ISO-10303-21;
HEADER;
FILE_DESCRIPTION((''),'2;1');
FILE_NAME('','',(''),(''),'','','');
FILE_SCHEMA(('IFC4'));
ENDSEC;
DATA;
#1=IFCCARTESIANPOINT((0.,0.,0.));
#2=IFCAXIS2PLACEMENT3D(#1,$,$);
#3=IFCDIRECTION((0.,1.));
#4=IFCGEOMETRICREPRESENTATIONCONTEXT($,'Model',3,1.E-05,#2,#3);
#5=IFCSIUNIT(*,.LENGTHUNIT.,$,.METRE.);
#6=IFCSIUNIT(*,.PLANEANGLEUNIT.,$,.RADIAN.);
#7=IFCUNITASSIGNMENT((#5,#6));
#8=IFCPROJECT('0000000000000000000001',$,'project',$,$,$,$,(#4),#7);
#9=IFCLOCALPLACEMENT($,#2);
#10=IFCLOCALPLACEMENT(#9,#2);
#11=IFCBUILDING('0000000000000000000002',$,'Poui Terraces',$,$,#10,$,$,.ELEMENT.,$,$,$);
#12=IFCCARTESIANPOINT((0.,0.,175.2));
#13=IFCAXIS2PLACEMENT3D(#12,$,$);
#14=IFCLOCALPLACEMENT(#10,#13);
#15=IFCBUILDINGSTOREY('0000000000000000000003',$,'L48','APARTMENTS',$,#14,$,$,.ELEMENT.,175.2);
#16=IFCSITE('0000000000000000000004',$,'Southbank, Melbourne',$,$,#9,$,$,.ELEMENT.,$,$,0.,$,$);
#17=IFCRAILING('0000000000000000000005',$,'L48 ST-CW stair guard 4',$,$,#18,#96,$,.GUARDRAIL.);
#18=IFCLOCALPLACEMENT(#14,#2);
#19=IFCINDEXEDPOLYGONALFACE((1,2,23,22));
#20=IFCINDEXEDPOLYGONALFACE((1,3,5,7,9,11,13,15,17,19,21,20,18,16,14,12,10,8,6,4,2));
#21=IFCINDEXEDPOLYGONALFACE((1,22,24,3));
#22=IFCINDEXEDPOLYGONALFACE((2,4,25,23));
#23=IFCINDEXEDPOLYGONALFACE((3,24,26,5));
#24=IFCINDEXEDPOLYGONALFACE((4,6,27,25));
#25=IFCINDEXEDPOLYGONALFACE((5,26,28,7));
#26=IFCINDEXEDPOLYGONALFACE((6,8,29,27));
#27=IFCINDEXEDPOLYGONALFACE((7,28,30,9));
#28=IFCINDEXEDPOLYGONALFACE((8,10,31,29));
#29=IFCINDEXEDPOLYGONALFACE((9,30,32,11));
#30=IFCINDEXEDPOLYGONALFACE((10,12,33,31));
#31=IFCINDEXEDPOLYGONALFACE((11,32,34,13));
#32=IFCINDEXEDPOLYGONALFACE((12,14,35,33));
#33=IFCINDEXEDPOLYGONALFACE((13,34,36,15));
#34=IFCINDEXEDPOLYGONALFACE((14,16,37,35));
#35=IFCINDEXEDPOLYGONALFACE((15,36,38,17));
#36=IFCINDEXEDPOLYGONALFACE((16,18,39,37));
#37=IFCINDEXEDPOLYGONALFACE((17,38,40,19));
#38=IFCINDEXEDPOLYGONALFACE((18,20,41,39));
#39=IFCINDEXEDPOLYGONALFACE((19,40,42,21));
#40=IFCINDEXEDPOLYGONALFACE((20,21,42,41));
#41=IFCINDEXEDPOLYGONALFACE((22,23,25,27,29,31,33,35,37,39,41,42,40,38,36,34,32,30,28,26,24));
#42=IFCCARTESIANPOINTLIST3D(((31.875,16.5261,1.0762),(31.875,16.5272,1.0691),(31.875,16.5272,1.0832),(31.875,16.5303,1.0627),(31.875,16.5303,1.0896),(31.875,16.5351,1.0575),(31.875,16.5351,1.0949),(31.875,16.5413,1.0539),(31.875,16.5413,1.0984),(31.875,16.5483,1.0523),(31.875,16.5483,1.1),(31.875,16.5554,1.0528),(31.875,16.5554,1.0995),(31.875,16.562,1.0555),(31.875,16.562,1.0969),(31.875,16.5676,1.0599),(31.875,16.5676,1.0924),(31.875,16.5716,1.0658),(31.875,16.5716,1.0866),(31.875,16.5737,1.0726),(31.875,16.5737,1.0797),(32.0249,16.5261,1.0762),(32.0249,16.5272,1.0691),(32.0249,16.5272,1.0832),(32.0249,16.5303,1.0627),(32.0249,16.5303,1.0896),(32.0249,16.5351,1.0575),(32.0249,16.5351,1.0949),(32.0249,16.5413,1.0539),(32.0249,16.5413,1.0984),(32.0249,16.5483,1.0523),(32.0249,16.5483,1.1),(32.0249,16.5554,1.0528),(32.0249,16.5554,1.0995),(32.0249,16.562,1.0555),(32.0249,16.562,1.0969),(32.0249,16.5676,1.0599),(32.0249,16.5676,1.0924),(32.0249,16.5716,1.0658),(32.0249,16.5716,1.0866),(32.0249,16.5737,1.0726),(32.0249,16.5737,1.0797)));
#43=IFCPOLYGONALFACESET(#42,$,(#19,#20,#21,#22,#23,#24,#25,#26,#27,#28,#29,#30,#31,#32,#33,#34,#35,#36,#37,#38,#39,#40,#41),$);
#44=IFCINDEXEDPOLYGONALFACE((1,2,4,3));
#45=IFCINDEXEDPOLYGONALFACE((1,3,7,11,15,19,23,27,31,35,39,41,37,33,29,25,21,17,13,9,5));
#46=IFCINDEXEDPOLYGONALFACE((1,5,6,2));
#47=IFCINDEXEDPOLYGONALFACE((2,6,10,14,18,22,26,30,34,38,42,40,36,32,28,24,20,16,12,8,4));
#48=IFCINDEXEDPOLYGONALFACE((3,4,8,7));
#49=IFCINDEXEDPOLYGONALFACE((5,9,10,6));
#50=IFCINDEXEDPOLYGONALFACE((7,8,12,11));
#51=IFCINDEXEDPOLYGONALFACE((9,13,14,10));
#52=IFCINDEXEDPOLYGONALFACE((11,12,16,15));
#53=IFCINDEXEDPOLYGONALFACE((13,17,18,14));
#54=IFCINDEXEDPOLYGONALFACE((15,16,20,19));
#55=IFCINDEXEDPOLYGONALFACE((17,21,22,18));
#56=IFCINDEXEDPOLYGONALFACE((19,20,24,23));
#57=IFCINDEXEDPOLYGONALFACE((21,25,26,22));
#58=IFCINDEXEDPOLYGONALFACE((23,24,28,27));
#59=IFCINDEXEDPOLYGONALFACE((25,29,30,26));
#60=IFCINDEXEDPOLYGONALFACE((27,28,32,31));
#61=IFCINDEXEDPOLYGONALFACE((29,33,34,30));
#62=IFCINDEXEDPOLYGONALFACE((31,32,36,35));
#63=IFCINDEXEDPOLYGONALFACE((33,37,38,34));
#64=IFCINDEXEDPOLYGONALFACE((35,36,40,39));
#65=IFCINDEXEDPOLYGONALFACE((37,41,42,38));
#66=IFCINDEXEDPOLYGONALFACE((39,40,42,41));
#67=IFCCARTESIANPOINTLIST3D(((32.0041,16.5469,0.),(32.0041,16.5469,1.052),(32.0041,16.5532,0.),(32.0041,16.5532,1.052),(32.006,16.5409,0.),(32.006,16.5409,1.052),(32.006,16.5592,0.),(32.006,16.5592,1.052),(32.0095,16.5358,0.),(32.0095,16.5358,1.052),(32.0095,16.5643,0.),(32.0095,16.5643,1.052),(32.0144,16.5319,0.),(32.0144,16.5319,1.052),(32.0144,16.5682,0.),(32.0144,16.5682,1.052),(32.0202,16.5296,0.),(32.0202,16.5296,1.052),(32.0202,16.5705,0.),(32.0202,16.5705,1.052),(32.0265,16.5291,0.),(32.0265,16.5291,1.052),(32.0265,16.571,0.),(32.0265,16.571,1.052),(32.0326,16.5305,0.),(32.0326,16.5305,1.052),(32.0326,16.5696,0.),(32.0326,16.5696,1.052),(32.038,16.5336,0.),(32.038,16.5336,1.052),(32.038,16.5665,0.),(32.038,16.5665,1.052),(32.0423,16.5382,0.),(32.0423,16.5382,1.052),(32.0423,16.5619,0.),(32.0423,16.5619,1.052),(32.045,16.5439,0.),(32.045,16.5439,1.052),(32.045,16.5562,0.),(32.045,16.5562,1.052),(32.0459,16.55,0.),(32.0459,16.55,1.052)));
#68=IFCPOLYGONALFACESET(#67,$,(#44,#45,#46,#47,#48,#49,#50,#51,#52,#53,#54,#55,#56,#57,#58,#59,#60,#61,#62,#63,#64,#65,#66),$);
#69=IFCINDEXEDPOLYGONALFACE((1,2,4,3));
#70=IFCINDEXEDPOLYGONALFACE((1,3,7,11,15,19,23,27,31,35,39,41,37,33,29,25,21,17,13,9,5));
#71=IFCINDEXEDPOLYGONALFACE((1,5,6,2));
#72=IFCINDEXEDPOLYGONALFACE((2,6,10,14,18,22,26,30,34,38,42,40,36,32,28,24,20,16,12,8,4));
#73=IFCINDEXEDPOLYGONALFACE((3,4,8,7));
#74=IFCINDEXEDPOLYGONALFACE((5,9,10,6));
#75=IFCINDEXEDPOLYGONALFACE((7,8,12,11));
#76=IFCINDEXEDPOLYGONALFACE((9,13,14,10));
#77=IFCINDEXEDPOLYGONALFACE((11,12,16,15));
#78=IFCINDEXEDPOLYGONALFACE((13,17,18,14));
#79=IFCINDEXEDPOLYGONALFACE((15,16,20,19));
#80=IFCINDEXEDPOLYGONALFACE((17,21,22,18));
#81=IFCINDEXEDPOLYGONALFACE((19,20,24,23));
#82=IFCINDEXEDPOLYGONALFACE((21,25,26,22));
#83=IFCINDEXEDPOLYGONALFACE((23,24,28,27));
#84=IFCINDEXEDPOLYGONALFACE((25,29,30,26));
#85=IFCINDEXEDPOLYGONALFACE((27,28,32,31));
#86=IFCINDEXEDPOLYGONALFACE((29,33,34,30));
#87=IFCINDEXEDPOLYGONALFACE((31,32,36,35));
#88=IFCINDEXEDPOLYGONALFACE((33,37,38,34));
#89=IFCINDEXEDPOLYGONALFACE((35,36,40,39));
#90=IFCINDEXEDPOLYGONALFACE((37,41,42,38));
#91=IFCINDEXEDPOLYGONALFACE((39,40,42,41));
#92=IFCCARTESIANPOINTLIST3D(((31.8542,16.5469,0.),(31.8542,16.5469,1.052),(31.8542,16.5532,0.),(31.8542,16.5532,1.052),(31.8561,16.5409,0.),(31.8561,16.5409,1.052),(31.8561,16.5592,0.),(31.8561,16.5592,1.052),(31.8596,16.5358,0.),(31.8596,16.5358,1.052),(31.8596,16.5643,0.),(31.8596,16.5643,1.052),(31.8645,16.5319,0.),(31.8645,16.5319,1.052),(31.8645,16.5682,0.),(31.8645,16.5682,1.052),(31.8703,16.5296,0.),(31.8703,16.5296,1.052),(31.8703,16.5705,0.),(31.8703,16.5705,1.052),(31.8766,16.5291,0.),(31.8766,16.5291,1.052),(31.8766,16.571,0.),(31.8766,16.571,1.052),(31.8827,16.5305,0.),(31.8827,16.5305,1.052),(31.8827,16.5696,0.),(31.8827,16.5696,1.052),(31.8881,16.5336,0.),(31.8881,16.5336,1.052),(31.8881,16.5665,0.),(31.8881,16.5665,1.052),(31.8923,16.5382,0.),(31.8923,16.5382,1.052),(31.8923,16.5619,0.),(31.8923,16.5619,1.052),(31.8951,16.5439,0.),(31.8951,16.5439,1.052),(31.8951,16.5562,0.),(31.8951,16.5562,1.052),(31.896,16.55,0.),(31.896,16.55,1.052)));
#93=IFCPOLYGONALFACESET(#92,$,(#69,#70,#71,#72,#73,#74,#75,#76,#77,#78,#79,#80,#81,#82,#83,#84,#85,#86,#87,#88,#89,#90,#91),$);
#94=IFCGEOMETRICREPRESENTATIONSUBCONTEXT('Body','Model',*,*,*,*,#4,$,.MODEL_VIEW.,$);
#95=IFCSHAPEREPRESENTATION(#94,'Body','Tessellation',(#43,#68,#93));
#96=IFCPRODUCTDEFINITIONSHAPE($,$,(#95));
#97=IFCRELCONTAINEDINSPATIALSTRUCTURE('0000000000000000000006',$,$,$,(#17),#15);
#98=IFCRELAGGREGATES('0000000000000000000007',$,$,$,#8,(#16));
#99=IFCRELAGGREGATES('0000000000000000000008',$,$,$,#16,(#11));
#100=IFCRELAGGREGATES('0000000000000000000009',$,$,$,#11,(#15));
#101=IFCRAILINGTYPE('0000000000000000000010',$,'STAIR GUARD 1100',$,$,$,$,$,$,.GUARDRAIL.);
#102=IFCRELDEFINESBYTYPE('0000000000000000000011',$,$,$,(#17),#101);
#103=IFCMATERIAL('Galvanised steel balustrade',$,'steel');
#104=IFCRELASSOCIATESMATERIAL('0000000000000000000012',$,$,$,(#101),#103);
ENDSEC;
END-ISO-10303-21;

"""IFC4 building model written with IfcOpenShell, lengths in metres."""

from ifc_helpers import new_model, si_unit, direction, frame, origin, origin_2d, place, context, subcontext, project, spatial, circle, extrude, material, type_object, element, save


model = new_model("IFC4")

# Units and contexts
model_context = context("Model", 3, precision=1e-05, world=origin(), true_north=direction((0.0, 1.0)))
body_context = subcontext(model_context, "Body", "Model", "MODEL_VIEW")
ifc_project = project(units=[si_unit("LENGTHUNIT", "METRE"), si_unit("PLANEANGLEUNIT", "RADIAN")], contexts=[model_context])

# Site, building, storey
site_placement = place(None, origin())
site = spatial("IfcSite", under=ifc_project, at=site_placement, Name="Southbank, Melbourne", CompositionType="ELEMENT", RefElevation=0.0)
building_placement = place(site_placement, origin())
building = spatial("IfcBuilding", under=site, at=building_placement, Name="Poui Terraces", CompositionType="ELEMENT")
storey_placement = place(building_placement, frame((0.0, 0.0, 175.2)))
storey = spatial("IfcBuildingStorey", under=building, at=storey_placement, Name="L48", Description="APARTMENTS", CompositionType="ELEMENT", Elevation=175.2)

# Railing
ifc_material_1 = material(Name="Galvanised steel balustrade", Category="steel")
railing_type_1 = type_object("IfcRailingType", Name="STAIR GUARD 1100", PredefinedType="GUARDRAIL", material=ifc_material_1)
railing_1_placement = place(storey_placement, frame((32.0249, 16.55, 0.0)))
element("IfcRailing", 1, at=railing_1_placement, inside=storey, type_object=railing_type_1, Name="L48 ST-CW stair guard 4", PredefinedType="GUARDRAIL", context=body_context, shape_type="SweptSolid", body=[
    extrude(circle(Radius=0.0239, at=origin_2d()), frame((0.0, 0.0, 1.0762), z_axis=(-1.0, 0.0, 0.0), x_axis=(0.0, -1.0, 0.0)), (0.0, 0.0, 1.0), 0.1499),
    extrude(circle(Radius=0.021, at=origin_2d()), origin(), (0.0, 0.0, 1.0), 1.052),
    extrude(circle(Radius=0.021, at=origin_2d()), frame((-0.1499, 0.0, 0.0)), (0.0, 0.0, 1.0), 1.052),
])

save(model, "model.ifc")
